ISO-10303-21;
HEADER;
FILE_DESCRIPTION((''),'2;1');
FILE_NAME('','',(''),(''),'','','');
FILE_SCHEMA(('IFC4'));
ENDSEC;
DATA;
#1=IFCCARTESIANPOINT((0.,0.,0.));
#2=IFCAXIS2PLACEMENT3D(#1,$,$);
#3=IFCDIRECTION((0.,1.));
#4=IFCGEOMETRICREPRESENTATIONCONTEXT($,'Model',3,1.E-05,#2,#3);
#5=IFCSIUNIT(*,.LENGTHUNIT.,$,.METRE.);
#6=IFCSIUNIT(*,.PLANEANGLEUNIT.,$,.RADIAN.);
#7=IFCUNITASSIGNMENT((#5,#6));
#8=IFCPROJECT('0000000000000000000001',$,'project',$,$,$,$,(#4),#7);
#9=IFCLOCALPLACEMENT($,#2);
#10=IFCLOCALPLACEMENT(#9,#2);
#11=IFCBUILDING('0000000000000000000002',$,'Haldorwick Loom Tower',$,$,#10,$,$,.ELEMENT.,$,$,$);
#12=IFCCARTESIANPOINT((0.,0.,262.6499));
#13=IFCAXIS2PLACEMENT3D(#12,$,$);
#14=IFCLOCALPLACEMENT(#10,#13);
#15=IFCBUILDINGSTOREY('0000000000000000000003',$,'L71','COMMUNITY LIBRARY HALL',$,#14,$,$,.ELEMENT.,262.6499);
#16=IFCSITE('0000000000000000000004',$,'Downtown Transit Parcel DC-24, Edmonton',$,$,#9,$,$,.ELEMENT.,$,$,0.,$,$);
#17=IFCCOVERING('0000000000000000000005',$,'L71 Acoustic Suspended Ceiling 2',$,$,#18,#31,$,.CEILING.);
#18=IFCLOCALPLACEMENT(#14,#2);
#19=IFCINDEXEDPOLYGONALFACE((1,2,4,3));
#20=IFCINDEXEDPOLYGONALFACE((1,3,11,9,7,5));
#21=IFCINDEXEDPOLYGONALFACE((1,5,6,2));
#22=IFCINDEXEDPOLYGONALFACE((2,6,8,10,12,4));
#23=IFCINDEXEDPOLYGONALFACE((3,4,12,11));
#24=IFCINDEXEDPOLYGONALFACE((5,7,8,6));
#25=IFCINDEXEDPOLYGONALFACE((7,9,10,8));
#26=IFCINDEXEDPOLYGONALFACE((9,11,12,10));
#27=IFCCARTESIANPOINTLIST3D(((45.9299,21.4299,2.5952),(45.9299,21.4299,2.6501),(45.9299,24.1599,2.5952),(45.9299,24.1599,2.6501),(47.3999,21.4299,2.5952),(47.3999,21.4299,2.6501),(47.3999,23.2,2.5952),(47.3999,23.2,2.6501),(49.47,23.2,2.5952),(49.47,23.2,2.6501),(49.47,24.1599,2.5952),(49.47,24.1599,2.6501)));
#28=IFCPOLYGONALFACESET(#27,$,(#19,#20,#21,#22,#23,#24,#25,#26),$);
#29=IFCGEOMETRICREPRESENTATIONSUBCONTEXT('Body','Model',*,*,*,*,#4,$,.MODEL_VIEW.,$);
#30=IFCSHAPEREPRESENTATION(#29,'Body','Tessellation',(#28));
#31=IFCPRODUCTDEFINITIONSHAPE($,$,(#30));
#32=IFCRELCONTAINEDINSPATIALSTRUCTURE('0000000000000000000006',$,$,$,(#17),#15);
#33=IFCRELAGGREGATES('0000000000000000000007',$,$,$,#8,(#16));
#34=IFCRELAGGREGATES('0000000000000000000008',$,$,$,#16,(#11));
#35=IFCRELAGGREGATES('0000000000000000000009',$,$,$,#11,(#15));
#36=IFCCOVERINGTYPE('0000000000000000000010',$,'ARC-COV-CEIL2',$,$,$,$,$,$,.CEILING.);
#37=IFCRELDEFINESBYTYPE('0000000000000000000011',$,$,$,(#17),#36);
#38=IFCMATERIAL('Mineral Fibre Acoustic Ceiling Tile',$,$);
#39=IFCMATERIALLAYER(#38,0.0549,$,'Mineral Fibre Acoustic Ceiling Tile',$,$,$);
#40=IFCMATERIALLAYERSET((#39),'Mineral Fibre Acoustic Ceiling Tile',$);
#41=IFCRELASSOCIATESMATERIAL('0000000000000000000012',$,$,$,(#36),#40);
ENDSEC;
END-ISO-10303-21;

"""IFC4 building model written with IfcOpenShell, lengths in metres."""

from ifc_helpers import new_model, si_unit, direction, frame, origin, place, context, subcontext, project, spatial, polyline, outline, extrude, material, layer, layer_set, type_object, element, save


model = new_model("IFC4")

# Units and contexts
model_context = context("Model", 3, precision=1e-05, world=origin(), true_north=direction((0.0, 1.0)))
body_context = subcontext(model_context, "Body", "Model", "MODEL_VIEW")
ifc_project = project(units=[si_unit("LENGTHUNIT", "METRE"), si_unit("PLANEANGLEUNIT", "RADIAN")], contexts=[model_context])

# Site, building, storey
site_placement = place(None, origin())
site = spatial("IfcSite", under=ifc_project, at=site_placement, Name="Downtown Transit Parcel DC-24, Edmonton", CompositionType="ELEMENT", RefElevation=0.0)
building_placement = place(site_placement, origin())
building = spatial("IfcBuilding", under=site, at=building_placement, Name="Haldorwick Loom Tower", CompositionType="ELEMENT")
storey_placement = place(building_placement, frame((0.0, 0.0, 262.6499)))
storey = spatial("IfcBuildingStorey", under=building, at=storey_placement, Name="L71", Description="COMMUNITY LIBRARY HALL", CompositionType="ELEMENT", Elevation=262.6499)

# Covering
ifc_material_1 = material(Name="Mineral Fibre Acoustic Ceiling Tile")
ifc_layer_1 = layer(ifc_material_1, 0.0549, Name="Mineral Fibre Acoustic Ceiling Tile")
ifc_layer_set_1 = layer_set([ifc_layer_1], Name="Mineral Fibre Acoustic Ceiling Tile")
covering_type_1 = type_object("IfcCoveringType", Name="ARC-COV-CEIL2", PredefinedType="CEILING", material=ifc_layer_set_1)
covering_1_placement = place(storey_placement, frame((0.0, 0.0, 2.5952)))
element("IfcCovering", 1, at=covering_1_placement, inside=storey, type_object=covering_type_1, Name="L71 Acoustic Suspended Ceiling 2", PredefinedType="CEILING", context=body_context, shape_type="SweptSolid", body=[
    extrude(outline(polyline([(45.9299, 24.1599), (45.9299, 21.4299), (47.3999, 21.4299), (47.3999, 23.2), (49.47, 23.2), (49.47, 24.1599), (45.9299, 24.1599)])), origin(), (0.0, 0.0, 1.0), 0.0549),
])

save(model, "model.ifc")
